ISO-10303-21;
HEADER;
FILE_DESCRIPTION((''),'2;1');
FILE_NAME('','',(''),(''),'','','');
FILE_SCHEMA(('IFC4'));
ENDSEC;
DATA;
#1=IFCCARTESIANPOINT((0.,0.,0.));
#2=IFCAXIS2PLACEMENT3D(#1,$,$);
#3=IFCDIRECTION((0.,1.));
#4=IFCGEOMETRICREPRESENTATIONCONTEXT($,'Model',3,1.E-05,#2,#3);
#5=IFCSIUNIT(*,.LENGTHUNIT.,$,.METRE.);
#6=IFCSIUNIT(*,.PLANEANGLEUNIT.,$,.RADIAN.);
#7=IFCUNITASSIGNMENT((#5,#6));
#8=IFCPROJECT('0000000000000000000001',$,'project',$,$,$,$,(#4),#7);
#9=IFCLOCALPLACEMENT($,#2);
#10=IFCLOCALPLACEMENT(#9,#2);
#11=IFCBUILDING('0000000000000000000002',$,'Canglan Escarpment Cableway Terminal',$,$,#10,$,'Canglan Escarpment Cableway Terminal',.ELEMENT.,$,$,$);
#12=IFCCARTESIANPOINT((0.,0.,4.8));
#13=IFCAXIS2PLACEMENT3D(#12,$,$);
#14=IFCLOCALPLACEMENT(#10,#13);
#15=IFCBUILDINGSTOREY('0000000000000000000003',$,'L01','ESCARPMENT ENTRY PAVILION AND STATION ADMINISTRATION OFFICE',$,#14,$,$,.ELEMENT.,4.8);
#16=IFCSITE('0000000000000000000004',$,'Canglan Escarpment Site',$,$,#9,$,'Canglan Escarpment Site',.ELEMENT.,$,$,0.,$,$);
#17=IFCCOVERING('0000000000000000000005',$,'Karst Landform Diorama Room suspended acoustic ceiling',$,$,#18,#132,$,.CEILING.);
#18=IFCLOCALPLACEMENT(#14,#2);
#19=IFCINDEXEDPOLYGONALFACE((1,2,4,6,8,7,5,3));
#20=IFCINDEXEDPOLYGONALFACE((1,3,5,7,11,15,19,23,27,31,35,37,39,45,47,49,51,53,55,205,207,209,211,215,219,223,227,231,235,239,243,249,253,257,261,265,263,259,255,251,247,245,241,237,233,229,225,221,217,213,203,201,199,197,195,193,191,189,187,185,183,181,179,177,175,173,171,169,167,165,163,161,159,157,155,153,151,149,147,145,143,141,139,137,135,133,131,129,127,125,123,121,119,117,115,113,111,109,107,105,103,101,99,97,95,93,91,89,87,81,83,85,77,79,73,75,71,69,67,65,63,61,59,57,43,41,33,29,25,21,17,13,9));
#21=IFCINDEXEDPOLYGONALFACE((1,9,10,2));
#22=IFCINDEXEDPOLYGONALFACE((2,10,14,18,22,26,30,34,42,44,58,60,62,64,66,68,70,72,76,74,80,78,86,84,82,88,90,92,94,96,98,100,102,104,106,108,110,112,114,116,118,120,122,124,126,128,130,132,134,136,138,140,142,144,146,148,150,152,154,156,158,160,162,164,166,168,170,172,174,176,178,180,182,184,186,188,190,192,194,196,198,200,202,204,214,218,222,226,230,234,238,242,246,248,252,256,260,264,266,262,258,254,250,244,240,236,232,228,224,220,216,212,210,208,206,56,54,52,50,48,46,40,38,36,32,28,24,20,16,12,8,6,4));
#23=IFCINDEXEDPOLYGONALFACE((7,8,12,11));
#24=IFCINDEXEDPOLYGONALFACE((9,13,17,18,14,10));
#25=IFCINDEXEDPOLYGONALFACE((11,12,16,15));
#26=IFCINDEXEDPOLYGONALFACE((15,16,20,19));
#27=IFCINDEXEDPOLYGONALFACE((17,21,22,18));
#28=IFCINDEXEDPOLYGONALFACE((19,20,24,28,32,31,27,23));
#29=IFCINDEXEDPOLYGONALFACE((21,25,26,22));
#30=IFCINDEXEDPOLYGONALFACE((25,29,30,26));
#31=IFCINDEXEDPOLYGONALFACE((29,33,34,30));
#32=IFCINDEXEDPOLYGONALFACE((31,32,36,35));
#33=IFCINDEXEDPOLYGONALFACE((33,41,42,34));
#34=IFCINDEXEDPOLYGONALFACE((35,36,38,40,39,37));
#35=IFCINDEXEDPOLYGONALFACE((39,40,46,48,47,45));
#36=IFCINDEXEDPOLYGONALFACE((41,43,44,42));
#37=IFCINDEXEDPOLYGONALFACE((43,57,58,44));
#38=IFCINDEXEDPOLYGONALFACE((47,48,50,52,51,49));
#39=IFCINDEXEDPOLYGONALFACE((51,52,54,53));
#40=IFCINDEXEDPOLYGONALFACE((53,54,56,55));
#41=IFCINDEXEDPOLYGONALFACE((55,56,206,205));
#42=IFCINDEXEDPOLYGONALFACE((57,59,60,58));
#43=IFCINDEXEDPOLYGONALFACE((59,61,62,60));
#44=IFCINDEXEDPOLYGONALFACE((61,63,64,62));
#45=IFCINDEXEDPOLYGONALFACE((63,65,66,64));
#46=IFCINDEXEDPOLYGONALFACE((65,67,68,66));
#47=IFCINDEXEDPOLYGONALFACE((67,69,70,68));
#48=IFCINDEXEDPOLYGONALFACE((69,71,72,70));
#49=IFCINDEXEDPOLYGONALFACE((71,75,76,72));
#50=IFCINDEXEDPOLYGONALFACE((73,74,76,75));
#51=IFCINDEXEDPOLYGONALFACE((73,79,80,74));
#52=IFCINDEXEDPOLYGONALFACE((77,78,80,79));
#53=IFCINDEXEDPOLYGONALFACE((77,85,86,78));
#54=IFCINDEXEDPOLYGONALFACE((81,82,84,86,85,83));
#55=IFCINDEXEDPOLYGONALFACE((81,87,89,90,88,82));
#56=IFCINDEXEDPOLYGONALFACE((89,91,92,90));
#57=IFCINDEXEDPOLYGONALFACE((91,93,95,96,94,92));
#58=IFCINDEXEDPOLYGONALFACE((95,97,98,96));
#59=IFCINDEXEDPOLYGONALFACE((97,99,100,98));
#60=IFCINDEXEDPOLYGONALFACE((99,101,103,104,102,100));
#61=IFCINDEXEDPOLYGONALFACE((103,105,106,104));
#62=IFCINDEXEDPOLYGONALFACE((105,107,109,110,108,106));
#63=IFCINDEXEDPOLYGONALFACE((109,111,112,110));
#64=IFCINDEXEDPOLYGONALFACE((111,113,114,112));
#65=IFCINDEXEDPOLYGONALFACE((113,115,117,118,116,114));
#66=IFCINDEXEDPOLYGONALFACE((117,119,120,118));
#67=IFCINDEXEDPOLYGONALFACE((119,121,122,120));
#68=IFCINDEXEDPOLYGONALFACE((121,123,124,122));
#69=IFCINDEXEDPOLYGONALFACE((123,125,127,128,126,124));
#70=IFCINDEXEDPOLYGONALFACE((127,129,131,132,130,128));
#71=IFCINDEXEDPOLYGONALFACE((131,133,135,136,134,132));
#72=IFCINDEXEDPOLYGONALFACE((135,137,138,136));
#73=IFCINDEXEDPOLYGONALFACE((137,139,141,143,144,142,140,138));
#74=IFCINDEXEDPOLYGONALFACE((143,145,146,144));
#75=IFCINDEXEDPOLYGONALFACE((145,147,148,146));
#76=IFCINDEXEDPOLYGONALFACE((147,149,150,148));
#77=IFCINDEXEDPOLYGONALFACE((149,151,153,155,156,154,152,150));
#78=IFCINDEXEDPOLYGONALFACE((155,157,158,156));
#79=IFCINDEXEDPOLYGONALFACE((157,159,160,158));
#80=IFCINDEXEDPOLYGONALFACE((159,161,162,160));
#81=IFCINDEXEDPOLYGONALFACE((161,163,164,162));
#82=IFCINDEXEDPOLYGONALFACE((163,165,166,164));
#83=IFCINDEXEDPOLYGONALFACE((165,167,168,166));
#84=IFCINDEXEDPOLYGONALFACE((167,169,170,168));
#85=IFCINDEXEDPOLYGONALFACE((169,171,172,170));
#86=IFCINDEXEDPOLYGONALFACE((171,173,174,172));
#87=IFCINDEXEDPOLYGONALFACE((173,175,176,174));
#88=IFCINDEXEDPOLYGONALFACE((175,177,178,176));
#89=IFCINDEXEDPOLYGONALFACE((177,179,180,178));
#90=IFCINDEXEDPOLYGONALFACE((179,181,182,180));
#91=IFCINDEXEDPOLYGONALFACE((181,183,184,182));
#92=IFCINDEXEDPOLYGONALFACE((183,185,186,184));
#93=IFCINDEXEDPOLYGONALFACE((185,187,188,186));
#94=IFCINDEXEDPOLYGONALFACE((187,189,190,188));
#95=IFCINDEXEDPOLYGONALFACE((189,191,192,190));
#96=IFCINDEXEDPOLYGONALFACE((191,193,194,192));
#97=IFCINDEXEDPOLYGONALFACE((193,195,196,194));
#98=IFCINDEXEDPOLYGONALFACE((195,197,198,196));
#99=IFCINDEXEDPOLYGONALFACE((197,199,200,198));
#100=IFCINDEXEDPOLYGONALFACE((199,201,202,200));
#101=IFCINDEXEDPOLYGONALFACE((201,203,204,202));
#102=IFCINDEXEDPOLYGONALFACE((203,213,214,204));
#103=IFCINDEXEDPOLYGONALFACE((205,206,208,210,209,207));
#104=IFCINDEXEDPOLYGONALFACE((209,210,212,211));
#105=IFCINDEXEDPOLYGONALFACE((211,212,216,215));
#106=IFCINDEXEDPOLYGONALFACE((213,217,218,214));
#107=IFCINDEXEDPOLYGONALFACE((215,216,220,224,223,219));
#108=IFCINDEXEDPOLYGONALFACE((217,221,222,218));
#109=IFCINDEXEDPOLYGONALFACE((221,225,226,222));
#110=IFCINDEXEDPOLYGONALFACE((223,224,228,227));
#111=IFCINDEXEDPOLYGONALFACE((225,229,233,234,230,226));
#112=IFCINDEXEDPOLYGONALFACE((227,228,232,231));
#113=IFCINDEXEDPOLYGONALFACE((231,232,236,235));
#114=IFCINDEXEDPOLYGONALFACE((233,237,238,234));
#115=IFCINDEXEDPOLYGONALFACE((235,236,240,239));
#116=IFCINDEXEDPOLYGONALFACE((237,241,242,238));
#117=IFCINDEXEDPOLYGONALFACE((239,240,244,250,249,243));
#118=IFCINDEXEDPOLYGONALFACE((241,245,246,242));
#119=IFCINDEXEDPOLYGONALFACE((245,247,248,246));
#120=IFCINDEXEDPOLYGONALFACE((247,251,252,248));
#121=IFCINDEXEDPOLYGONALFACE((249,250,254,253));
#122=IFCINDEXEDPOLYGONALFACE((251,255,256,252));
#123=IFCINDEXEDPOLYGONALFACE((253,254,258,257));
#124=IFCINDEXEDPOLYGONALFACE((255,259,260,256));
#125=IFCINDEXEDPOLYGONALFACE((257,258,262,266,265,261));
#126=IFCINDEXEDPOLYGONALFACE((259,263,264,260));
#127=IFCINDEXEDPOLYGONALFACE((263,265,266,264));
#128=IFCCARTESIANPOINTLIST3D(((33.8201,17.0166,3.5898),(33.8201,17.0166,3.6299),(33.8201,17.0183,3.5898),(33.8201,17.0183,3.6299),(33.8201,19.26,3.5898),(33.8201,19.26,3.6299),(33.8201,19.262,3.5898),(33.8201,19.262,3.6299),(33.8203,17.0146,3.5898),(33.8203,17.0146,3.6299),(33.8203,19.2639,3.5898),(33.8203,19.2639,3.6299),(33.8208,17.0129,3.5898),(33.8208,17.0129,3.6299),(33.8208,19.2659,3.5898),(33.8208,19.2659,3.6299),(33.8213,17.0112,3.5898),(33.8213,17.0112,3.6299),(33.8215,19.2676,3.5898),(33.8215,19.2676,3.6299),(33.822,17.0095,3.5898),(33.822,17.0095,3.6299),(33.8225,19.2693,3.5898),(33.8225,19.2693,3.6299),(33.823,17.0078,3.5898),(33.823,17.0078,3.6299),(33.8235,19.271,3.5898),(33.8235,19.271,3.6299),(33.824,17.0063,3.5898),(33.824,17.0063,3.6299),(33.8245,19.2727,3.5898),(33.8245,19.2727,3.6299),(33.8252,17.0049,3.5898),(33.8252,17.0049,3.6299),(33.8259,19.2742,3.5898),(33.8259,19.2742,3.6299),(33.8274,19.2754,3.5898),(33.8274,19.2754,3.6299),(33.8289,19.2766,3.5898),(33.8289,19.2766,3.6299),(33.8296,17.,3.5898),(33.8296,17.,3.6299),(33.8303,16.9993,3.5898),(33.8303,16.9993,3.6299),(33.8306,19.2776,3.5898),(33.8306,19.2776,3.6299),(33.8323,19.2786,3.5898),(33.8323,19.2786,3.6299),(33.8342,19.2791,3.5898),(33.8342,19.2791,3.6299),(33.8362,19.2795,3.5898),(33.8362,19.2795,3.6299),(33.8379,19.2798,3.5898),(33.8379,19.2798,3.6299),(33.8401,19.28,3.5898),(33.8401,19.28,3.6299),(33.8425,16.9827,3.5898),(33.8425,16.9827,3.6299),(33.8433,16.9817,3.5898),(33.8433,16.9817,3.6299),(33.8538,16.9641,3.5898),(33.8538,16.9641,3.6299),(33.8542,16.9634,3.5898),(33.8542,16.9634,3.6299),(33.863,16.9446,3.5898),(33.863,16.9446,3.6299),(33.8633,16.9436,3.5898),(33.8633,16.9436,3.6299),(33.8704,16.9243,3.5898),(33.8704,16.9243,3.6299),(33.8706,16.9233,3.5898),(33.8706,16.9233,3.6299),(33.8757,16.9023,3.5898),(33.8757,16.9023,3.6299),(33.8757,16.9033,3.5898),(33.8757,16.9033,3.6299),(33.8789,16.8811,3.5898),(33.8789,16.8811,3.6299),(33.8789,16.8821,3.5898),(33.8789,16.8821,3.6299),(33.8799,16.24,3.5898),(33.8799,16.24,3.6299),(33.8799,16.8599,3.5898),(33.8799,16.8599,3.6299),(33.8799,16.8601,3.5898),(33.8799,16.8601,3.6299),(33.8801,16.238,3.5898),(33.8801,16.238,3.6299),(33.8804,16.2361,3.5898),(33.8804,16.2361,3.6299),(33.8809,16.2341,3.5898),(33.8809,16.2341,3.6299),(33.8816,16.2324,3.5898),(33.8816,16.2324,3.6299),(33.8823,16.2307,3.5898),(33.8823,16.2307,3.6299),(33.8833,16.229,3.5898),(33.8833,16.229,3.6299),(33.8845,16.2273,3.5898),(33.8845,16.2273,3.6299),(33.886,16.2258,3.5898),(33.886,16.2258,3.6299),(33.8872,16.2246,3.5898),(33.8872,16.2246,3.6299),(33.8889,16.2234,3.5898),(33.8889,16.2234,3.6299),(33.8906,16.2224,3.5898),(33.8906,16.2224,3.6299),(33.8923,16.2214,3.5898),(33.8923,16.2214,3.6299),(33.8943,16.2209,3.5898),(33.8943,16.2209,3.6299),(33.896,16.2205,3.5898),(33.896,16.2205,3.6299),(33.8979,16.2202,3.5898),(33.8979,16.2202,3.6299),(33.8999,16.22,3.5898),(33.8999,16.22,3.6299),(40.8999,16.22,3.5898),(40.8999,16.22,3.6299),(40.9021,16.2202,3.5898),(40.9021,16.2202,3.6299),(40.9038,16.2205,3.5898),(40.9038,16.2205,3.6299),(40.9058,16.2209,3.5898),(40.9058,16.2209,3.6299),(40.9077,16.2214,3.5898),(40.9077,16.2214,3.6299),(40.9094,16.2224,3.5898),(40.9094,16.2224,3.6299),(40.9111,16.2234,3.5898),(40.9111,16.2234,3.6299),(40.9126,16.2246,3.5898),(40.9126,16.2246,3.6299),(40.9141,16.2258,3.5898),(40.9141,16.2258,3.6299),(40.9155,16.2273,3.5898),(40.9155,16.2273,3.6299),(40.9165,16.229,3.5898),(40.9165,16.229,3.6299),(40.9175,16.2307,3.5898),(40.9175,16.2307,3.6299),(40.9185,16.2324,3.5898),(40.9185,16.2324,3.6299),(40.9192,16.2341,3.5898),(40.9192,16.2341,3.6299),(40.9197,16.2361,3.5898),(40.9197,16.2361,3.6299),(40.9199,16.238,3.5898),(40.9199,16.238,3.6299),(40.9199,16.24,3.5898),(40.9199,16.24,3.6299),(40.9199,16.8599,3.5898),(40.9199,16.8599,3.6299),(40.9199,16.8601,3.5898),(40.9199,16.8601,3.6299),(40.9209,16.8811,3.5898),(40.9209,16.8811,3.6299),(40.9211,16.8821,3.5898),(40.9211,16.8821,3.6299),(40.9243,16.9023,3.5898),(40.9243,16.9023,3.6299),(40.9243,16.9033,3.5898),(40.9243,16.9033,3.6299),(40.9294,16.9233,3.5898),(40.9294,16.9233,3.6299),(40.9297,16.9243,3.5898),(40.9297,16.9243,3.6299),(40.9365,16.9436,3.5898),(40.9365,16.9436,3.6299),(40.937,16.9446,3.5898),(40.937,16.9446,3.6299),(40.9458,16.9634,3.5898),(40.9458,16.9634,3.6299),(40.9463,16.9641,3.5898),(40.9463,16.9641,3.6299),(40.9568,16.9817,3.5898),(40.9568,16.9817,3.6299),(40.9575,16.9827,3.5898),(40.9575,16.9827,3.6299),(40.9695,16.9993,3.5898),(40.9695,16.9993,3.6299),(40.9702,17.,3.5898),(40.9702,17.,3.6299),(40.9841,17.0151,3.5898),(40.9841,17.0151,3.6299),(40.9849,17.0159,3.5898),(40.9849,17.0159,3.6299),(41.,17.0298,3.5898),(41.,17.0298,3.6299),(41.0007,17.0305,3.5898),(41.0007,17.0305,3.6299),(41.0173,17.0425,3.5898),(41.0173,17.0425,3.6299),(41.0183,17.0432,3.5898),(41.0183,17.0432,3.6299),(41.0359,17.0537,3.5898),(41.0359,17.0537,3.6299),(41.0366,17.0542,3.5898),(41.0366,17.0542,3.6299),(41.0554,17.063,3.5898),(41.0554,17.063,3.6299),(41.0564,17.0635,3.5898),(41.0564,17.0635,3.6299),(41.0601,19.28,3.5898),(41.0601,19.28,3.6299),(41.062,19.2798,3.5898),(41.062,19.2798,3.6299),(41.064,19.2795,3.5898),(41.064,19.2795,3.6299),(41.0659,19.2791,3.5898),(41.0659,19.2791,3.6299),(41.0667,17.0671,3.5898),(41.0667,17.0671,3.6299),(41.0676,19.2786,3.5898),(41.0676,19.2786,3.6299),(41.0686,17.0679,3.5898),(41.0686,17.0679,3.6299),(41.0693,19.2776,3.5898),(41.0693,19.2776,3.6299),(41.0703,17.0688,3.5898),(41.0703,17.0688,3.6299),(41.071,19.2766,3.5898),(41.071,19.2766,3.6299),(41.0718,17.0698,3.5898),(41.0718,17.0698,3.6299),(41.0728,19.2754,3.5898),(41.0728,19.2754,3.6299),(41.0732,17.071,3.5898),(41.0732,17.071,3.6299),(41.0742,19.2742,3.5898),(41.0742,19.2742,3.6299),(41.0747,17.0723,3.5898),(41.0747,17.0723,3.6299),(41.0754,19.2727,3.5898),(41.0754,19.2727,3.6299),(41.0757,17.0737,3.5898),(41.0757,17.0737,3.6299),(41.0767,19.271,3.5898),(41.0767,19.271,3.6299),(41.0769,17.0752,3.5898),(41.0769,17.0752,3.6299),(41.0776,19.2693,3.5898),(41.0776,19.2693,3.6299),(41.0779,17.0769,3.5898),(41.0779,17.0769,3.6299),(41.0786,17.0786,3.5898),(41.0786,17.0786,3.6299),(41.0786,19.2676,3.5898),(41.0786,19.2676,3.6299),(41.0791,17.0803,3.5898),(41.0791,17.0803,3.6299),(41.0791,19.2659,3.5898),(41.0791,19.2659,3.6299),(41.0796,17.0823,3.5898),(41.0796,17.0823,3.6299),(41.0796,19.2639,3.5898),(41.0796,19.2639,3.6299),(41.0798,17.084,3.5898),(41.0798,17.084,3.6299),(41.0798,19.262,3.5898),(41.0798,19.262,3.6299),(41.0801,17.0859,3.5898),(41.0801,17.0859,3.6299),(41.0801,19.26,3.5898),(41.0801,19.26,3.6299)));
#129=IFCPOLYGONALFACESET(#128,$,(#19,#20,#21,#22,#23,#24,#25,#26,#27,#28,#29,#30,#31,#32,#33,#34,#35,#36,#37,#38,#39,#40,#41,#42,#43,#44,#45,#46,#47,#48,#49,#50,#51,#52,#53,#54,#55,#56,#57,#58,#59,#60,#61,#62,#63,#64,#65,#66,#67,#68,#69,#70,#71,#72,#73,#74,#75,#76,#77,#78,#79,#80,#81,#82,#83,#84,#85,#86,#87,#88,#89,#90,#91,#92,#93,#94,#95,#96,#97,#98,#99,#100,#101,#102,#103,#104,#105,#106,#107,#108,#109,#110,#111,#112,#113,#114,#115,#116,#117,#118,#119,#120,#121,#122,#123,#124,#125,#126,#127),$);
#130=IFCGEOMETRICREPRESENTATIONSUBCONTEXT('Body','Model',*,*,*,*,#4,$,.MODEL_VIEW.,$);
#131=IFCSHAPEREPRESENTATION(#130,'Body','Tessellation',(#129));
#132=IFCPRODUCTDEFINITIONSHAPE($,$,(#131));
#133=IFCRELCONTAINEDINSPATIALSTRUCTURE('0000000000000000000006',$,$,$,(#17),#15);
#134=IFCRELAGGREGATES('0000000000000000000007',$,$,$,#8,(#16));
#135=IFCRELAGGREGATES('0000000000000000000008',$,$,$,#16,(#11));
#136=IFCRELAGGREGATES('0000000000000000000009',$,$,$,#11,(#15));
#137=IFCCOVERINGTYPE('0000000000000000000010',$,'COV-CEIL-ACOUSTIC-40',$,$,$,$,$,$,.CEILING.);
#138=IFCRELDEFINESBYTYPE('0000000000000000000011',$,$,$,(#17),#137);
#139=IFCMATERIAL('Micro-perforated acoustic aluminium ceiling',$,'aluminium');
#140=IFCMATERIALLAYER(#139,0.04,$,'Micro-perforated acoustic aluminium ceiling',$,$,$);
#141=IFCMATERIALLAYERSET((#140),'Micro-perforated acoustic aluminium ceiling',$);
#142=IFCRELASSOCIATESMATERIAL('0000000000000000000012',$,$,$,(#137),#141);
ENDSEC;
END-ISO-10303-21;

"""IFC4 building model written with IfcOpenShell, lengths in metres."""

from ifc_helpers import new_model, si_unit, direction, frame, origin, place, context, subcontext, project, spatial, polyline, outline, extrude, material, layer, layer_set, type_object, element, save


model = new_model("IFC4")

# Units and contexts
model_context = context("Model", 3, precision=1e-05, world=origin(), true_north=direction((0.0, 1.0)))
body_context = subcontext(model_context, "Body", "Model", "MODEL_VIEW")
ifc_project = project(units=[si_unit("LENGTHUNIT", "METRE"), si_unit("PLANEANGLEUNIT", "RADIAN")], contexts=[model_context])

# Site, building, storey
site_placement = place(None, origin())
site = spatial("IfcSite", under=ifc_project, at=site_placement, Name="Canglan Escarpment Site", LongName="Canglan Escarpment Site", CompositionType="ELEMENT", RefElevation=0.0)
building_placement = place(site_placement, origin())
building = spatial("IfcBuilding", under=site, at=building_placement, Name="Canglan Escarpment Cableway Terminal", LongName="Canglan Escarpment Cableway Terminal", CompositionType="ELEMENT")
storey_placement = place(building_placement, frame((0.0, 0.0, 4.8)))
storey = spatial("IfcBuildingStorey", under=building, at=storey_placement, Name="L01", Description="ESCARPMENT ENTRY PAVILION AND STATION ADMINISTRATION OFFICE", CompositionType="ELEMENT", Elevation=4.8)

# Covering
ifc_material_1 = material(Name="Micro-perforated acoustic aluminium ceiling", Category="aluminium")
ifc_layer_1 = layer(ifc_material_1, 0.04, Name="Micro-perforated acoustic aluminium ceiling")
ifc_layer_set_1 = layer_set([ifc_layer_1], Name="Micro-perforated acoustic aluminium ceiling")
covering_type_1 = type_object("IfcCoveringType", Name="COV-CEIL-ACOUSTIC-40", PredefinedType="CEILING", material=ifc_layer_set_1)
covering_1_placement = place(storey_placement, frame((0.0, 0.0, 3.5898)))
element("IfcCovering", 1, at=covering_1_placement, inside=storey, type_object=covering_type_1, Name="Karst Landform Diorama Room suspended acoustic ceiling", PredefinedType="CEILING", context=body_context, shape_type="SweptSolid", body=[
    extrude(outline(polyline([(33.8252, 17.0049), (33.824, 17.0063), (33.823, 17.0078), (33.822, 17.0095), (33.8213, 17.0112), (33.8208, 17.0129), (33.8203, 17.0146), (33.8201, 17.0166), (33.8201, 17.0183), (33.8201, 19.26), (33.8201, 19.262), (33.8203, 19.2639), (33.8208, 19.2659), (33.8215, 19.2676), (33.8225, 19.2693), (33.8235, 19.271), (33.8245, 19.2727), (33.8259, 19.2742), (33.8274, 19.2754), (33.8289, 19.2766), (33.8306, 19.2776), (33.8323, 19.2786), (33.8342, 19.2791), (33.8362, 19.2795), (33.8379, 19.2798), (33.8401, 19.28), (41.0601, 19.28), (41.062, 19.2798), (41.064, 19.2795), (41.0659, 19.2791), (41.0676, 19.2786), (41.0693, 19.2776), (41.071, 19.2766), (41.0728, 19.2754), (41.0742, 19.2742), (41.0754, 19.2727), (41.0767, 19.271), (41.0776, 19.2693), (41.0786, 19.2676), (41.0791, 19.2659), (41.0796, 19.2639), (41.0798, 19.262), (41.0801, 19.26), (41.0801, 17.0859), (41.0798, 17.084), (41.0796, 17.0823), (41.0791, 17.0803), (41.0786, 17.0786), (41.0779, 17.0769), (41.0769, 17.0752), (41.0757, 17.0737), (41.0747, 17.0723), (41.0732, 17.071), (41.0718, 17.0698), (41.0703, 17.0688), (41.0686, 17.0679), (41.0667, 17.0671), (41.0564, 17.0635), (41.0554, 17.063), (41.0366, 17.0542), (41.0359, 17.0537), (41.0183, 17.0432), (41.0173, 17.0425), (41.0007, 17.0305), (41.0, 17.0298), (40.9849, 17.0159), (40.9841, 17.0151), (40.9702, 17.0), (40.9695, 16.9993), (40.9575, 16.9827), (40.9568, 16.9817), (40.9463, 16.9641), (40.9458, 16.9634), (40.937, 16.9446), (40.9365, 16.9436), (40.9297, 16.9243), (40.9294, 16.9233), (40.9243, 16.9033), (40.9243, 16.9023), (40.9211, 16.8821), (40.9209, 16.8811), (40.9199, 16.8601), (40.9199, 16.8599), (40.9199, 16.24), (40.9199, 16.238), (40.9197, 16.2361), (40.9192, 16.2341), (40.9185, 16.2324), (40.9175, 16.2307), (40.9165, 16.229), (40.9155, 16.2273), (40.9141, 16.2258), (40.9126, 16.2246), (40.9111, 16.2234), (40.9094, 16.2224), (40.9077, 16.2214), (40.9058, 16.2209), (40.9038, 16.2205), (40.9021, 16.2202), (40.8999, 16.22), (33.8999, 16.22), (33.8979, 16.2202), (33.896, 16.2205), (33.8943, 16.2209), (33.8923, 16.2214), (33.8906, 16.2224), (33.8889, 16.2234), (33.8872, 16.2246), (33.886, 16.2258), (33.8845, 16.2273), (33.8833, 16.229), (33.8823, 16.2307), (33.8816, 16.2324), (33.8809, 16.2341), (33.8804, 16.2361), (33.8801, 16.238), (33.8799, 16.24), (33.8799, 16.8599), (33.8799, 16.8601), (33.8789, 16.8811), (33.8789, 16.8821), (33.8757, 16.9023), (33.8757, 16.9033), (33.8706, 16.9233), (33.8704, 16.9243), (33.8633, 16.9436), (33.863, 16.9446), (33.8542, 16.9634), (33.8538, 16.9641), (33.8433, 16.9817), (33.8425, 16.9827), (33.8303, 16.9993), (33.8296, 17.0), (33.8252, 17.0049)])), origin(), (0.0, 0.0, 1.0), 0.04),
])

save(model, "model.ifc")
